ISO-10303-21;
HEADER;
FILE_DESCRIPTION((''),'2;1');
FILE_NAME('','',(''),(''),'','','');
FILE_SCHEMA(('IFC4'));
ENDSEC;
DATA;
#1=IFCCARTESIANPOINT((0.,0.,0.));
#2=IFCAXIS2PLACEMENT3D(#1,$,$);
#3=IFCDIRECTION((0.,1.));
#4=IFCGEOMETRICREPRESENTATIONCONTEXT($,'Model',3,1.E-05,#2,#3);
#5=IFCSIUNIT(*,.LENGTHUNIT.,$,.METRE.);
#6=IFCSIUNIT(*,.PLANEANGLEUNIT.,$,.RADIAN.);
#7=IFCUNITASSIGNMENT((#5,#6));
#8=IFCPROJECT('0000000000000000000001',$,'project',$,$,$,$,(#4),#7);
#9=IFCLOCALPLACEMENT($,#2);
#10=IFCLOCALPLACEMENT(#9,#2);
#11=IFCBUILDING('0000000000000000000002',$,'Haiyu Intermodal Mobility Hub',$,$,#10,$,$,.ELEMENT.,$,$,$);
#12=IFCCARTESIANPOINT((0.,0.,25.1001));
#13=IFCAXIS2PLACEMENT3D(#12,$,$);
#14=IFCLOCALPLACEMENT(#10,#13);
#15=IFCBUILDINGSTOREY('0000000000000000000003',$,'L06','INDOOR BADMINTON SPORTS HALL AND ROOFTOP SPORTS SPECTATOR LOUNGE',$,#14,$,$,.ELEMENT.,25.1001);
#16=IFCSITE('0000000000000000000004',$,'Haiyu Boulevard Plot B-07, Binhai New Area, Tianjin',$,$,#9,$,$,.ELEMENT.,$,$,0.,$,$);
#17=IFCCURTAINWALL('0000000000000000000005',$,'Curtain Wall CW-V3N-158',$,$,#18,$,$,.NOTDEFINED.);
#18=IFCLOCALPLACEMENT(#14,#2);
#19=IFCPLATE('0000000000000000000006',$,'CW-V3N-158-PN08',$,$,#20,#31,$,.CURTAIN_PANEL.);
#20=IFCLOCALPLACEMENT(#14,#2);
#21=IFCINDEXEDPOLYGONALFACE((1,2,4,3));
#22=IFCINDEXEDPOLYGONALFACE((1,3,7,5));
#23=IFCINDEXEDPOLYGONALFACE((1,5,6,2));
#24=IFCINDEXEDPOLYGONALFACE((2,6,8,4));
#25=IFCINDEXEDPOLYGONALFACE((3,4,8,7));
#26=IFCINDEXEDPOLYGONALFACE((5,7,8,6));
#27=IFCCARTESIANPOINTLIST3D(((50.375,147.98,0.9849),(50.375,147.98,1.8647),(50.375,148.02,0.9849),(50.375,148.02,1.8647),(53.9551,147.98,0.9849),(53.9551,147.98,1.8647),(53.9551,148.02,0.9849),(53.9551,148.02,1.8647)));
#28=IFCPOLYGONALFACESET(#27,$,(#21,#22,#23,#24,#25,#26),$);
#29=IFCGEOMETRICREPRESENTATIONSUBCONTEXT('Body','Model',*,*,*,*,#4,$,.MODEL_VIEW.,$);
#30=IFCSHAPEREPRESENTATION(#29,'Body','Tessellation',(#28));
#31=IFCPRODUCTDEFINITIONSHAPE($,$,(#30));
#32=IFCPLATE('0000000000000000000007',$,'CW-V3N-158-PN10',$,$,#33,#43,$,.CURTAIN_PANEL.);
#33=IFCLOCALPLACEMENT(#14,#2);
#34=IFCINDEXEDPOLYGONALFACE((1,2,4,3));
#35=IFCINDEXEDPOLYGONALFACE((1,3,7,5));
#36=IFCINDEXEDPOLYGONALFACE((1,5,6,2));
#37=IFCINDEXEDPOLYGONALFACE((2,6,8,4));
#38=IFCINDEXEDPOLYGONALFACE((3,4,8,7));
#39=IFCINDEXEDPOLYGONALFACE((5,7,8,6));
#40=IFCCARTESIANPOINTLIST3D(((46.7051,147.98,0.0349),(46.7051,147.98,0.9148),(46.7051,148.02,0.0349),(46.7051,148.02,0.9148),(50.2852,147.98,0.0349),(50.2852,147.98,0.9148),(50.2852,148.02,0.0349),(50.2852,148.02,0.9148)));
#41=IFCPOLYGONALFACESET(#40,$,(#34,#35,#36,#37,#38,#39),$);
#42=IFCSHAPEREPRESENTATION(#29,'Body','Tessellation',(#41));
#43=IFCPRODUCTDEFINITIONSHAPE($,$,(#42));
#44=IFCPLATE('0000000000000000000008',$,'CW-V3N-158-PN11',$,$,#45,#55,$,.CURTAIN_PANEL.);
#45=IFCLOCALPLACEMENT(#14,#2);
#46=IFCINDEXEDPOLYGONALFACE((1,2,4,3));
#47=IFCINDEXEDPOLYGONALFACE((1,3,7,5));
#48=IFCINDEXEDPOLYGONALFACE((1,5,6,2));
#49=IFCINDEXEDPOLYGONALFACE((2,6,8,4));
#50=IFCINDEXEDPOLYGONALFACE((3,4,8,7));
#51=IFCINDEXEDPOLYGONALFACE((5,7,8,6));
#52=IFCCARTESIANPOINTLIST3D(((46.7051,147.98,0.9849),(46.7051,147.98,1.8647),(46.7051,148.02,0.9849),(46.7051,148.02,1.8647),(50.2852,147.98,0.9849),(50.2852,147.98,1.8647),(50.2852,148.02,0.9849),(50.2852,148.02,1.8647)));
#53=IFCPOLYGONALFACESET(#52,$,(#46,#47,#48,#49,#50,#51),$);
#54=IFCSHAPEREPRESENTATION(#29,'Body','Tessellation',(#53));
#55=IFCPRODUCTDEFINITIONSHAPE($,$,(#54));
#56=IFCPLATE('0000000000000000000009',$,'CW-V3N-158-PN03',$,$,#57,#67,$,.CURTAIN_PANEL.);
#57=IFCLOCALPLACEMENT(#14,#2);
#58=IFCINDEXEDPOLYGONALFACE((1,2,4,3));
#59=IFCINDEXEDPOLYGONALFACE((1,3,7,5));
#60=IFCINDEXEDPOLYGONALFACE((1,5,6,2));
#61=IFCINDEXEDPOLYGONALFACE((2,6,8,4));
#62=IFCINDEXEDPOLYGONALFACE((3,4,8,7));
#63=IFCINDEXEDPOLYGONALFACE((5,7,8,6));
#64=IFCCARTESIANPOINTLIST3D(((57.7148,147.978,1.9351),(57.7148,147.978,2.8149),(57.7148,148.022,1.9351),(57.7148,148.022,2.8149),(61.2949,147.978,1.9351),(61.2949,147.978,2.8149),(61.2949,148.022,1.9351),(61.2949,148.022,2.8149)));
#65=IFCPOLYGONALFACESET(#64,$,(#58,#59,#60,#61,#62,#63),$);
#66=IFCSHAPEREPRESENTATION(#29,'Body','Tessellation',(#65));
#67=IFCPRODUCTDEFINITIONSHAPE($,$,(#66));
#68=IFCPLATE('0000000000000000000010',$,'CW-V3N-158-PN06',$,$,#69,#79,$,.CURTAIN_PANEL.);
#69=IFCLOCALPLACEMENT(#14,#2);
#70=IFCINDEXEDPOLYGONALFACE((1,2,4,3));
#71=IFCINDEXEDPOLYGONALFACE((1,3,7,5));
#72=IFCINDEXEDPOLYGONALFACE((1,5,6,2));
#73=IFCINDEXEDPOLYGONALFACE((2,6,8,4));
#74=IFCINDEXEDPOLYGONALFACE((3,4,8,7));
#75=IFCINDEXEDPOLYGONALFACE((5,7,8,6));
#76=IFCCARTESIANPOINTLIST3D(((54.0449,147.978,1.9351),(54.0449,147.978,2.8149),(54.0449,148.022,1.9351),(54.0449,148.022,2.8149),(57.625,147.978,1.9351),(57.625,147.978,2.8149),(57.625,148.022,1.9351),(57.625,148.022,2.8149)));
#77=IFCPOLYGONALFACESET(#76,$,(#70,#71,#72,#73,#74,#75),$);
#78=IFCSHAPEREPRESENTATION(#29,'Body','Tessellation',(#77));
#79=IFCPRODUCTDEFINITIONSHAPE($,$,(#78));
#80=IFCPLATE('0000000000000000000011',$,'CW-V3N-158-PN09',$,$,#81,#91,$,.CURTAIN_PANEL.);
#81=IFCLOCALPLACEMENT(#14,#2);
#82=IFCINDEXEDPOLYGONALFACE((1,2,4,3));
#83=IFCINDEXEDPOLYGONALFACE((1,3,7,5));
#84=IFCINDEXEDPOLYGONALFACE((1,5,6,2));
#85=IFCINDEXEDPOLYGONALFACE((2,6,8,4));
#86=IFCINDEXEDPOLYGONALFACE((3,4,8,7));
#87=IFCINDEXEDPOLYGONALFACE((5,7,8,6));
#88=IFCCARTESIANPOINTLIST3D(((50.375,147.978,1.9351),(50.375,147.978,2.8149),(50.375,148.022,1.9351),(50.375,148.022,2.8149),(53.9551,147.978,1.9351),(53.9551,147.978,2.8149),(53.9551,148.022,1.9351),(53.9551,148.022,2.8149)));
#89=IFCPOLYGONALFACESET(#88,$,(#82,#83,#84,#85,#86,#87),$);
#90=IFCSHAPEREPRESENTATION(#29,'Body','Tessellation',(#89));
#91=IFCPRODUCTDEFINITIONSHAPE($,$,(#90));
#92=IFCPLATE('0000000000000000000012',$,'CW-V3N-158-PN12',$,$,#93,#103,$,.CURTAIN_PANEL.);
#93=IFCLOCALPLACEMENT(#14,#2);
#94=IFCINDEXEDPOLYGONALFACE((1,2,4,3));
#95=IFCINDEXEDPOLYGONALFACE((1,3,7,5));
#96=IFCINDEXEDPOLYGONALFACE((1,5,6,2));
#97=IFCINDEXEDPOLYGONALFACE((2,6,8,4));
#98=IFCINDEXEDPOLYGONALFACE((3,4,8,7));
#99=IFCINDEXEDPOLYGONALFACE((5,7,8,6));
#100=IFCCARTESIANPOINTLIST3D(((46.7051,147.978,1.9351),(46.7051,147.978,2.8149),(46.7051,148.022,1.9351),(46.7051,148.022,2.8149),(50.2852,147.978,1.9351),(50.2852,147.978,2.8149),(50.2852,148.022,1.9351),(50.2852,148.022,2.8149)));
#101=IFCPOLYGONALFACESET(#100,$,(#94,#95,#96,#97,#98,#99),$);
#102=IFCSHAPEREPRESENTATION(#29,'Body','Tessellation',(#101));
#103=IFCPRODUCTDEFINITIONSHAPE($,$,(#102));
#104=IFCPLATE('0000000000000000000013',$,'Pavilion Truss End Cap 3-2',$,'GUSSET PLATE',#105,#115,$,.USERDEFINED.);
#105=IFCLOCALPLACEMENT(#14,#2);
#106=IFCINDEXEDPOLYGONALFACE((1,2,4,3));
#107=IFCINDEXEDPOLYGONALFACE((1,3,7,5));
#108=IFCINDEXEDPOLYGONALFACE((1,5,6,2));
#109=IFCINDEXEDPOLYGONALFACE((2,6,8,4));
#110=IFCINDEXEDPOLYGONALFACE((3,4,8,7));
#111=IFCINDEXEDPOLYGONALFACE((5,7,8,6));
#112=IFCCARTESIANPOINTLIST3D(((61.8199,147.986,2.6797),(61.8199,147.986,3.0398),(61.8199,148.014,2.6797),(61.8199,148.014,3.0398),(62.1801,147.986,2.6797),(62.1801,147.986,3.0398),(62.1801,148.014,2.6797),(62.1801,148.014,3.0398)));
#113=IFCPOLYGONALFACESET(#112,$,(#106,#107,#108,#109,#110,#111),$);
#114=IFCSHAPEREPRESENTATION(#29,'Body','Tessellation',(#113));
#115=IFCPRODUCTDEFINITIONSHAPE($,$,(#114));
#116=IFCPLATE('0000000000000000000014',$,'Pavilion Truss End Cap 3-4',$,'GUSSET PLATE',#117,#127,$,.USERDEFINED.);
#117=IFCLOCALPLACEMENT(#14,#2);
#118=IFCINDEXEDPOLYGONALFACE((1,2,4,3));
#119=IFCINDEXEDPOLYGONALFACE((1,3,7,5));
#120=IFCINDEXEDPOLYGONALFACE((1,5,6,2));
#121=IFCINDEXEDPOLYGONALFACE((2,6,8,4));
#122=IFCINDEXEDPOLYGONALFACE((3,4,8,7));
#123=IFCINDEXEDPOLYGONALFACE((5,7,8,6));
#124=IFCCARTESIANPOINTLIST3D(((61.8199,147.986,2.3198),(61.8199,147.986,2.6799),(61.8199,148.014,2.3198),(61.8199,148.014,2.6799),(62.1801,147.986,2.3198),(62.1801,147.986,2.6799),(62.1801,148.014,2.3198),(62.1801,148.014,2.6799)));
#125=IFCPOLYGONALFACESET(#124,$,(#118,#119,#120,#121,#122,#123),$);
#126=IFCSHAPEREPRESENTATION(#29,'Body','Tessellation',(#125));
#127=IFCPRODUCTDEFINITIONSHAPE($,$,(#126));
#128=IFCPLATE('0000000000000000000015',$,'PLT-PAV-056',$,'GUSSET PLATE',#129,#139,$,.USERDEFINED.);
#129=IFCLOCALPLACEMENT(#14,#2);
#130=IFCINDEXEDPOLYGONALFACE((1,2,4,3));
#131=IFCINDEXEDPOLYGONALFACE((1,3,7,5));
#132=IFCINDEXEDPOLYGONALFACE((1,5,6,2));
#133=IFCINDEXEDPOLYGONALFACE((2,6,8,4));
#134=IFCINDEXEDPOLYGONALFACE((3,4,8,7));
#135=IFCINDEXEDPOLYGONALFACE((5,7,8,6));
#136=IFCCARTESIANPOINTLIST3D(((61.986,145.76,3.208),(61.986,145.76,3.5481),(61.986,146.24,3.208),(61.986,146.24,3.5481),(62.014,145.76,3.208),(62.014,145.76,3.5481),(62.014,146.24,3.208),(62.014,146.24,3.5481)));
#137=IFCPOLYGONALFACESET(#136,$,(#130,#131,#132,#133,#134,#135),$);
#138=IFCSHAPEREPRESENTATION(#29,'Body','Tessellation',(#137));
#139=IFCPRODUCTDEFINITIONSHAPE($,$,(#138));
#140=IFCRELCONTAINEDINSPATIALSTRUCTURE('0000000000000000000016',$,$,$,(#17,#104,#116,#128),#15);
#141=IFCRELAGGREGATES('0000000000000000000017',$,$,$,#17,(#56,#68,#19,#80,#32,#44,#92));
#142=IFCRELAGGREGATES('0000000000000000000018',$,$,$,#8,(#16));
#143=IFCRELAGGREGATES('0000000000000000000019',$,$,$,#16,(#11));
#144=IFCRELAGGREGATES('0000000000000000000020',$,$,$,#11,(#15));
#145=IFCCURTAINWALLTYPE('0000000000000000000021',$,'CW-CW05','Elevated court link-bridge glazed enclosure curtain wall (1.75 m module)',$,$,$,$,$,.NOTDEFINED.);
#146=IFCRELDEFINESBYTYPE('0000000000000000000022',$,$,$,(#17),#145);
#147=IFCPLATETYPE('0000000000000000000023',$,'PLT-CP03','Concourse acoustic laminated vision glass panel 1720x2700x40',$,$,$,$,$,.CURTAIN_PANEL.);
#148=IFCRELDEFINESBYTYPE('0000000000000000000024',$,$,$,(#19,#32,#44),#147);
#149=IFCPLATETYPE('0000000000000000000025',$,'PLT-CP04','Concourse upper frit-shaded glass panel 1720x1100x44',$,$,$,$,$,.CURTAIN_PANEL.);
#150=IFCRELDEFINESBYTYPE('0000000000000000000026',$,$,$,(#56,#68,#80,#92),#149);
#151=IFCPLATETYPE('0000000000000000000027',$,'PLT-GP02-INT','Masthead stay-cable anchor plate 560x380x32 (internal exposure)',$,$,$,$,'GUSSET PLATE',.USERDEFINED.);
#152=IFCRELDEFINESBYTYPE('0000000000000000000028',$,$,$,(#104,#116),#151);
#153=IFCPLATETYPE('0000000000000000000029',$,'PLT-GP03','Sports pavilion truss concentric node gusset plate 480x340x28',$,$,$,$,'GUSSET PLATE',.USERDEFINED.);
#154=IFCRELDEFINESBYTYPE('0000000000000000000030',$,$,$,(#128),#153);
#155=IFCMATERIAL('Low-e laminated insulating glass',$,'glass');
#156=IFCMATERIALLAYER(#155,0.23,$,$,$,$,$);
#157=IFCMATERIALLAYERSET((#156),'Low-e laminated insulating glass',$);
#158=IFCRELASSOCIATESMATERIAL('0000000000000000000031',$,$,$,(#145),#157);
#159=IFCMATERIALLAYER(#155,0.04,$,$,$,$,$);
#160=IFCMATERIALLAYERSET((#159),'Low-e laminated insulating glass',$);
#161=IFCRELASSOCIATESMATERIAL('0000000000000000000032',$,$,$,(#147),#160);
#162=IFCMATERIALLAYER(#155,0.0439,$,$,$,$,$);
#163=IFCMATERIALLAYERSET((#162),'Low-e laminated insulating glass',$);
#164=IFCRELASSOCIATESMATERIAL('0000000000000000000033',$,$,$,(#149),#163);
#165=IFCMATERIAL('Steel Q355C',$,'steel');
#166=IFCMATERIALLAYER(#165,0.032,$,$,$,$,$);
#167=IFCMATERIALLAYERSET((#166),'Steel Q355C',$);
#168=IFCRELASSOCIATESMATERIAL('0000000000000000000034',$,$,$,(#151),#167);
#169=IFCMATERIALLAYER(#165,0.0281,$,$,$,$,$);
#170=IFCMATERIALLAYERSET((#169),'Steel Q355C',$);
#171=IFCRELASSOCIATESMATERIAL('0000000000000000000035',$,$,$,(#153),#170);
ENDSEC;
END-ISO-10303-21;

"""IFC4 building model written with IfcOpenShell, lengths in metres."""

from ifc_helpers import new_model, si_unit, direction, frame, origin, origin_2d, place, context, subcontext, project, spatial, rectangle, extrude, material, layer, layer_set, type_object, element, aggregate, save


model = new_model("IFC4")

# Units and contexts
model_context = context("Model", 3, precision=1e-05, world=origin(), true_north=direction((0.0, 1.0)))
body_context = subcontext(model_context, "Body", "Model", "MODEL_VIEW")
ifc_project = project(units=[si_unit("LENGTHUNIT", "METRE"), si_unit("PLANEANGLEUNIT", "RADIAN")], contexts=[model_context])

# Site, building, storey
site_placement = place(None, origin())
site = spatial("IfcSite", under=ifc_project, at=site_placement, Name="Haiyu Boulevard Plot B-07, Binhai New Area, Tianjin", CompositionType="ELEMENT", RefElevation=0.0)
building_placement = place(site_placement, origin())
building = spatial("IfcBuilding", under=site, at=building_placement, Name="Haiyu Intermodal Mobility Hub", CompositionType="ELEMENT")
storey_placement = place(building_placement, frame((0.0, 0.0, 25.1001)))
storey = spatial("IfcBuildingStorey", under=building, at=storey_placement, Name="L06", Description="INDOOR BADMINTON SPORTS HALL AND ROOFTOP SPORTS SPECTATOR LOUNGE", CompositionType="ELEMENT", Elevation=25.1001)

# Shared definitions
ifc_material_1 = material(Name="Steel Q355C", Category="steel")

# Curtain wall
ifc_material_2 = material(Name="Low-e laminated insulating glass", Category="glass")
ifc_layer_1 = layer(ifc_material_2, 0.23)
ifc_layer_set_1 = layer_set([ifc_layer_1], Name="Low-e laminated insulating glass")
curtain_wall_type = type_object("IfcCurtainWallType", Name="CW-CW05", Description="Elevated court link-bridge glazed enclosure curtain wall (1.75 m module)", PredefinedType="NOTDEFINED", material=ifc_layer_set_1)
curtain_wall_placement = place(storey_placement, origin())
curtain_wall = element("IfcCurtainWall", 1, at=curtain_wall_placement, inside=storey, type_object=curtain_wall_type, Name="Curtain Wall CW-V3N-158", PredefinedType="NOTDEFINED")

# Plates
ifc_layer_2 = layer(ifc_material_2, 0.04)
ifc_layer_set_2 = layer_set([ifc_layer_2], Name="Low-e laminated insulating glass")
plate_type_1 = type_object("IfcPlateType", Name="PLT-CP03", Description="Concourse acoustic laminated vision glass panel 1720x2700x40", PredefinedType="CURTAIN_PANEL", material=ifc_layer_set_2)
plate_1_placement = place(storey_placement, frame((52.165, 148.0, 0.9849), z_axis=(0.0, 0.0, 1.0), x_axis=(-1.0, 0.0, 0.0)))
plate_1 = element("IfcPlate", 2, at=plate_1_placement, type_object=plate_type_1, Name="CW-V3N-158-PN08", PredefinedType="CURTAIN_PANEL", context=body_context, shape_type="SweptSolid", body=[
    extrude(rectangle(XDim=3.5801, YDim=0.04, at=origin_2d()), origin(), (0.0, 0.0, 1.0), 0.8799),
])
plate_2_placement = place(storey_placement, frame((48.4951, 148.0, 0.0349), z_axis=(0.0, 0.0, 1.0), x_axis=(-1.0, 0.0, 0.0)))
plate_2 = element("IfcPlate", 3, at=plate_2_placement, type_object=plate_type_1, Name="CW-V3N-158-PN10", PredefinedType="CURTAIN_PANEL", context=body_context, shape_type="SweptSolid", body=[
    extrude(rectangle(XDim=3.5801, YDim=0.04, at=origin_2d()), origin(), (0.0, 0.0, 1.0), 0.8799),
])
plate_3_placement = place(storey_placement, frame((48.4951, 148.0, 0.9849), z_axis=(0.0, 0.0, 1.0), x_axis=(-1.0, 0.0, 0.0)))
plate_3 = element("IfcPlate", 4, at=plate_3_placement, type_object=plate_type_1, Name="CW-V3N-158-PN11", PredefinedType="CURTAIN_PANEL", context=body_context, shape_type="SweptSolid", body=[
    extrude(rectangle(XDim=3.5801, YDim=0.04, at=origin_2d()), origin(), (0.0, 0.0, 1.0), 0.8799),
])
ifc_layer_3 = layer(ifc_material_2, 0.0439)
ifc_layer_set_3 = layer_set([ifc_layer_3], Name="Low-e laminated insulating glass")
plate_type_2 = type_object("IfcPlateType", Name="PLT-CP04", Description="Concourse upper frit-shaded glass panel 1720x1100x44", PredefinedType="CURTAIN_PANEL", material=ifc_layer_set_3)
plate_4_placement = place(storey_placement, frame((59.5049, 148.0, 1.9351), z_axis=(0.0, 0.0, 1.0), x_axis=(-1.0, 0.0, 0.0)))
plate_4 = element("IfcPlate", 5, at=plate_4_placement, type_object=plate_type_2, Name="CW-V3N-158-PN03", PredefinedType="CURTAIN_PANEL", context=body_context, shape_type="SweptSolid", body=[
    extrude(rectangle(XDim=3.5801, YDim=0.0439, at=origin_2d()), origin(), (0.0, 0.0, 1.0), 0.8799),
])
plate_5_placement = place(storey_placement, frame((55.835, 148.0, 1.9351), z_axis=(0.0, 0.0, 1.0), x_axis=(-1.0, 0.0, 0.0)))
plate_5 = element("IfcPlate", 6, at=plate_5_placement, type_object=plate_type_2, Name="CW-V3N-158-PN06", PredefinedType="CURTAIN_PANEL", context=body_context, shape_type="SweptSolid", body=[
    extrude(rectangle(XDim=3.5801, YDim=0.0439, at=origin_2d()), origin(), (0.0, 0.0, 1.0), 0.8799),
])
plate_6_placement = place(storey_placement, frame((52.165, 148.0, 1.9351), z_axis=(0.0, 0.0, 1.0), x_axis=(-1.0, 0.0, 0.0)))
plate_6 = element("IfcPlate", 7, at=plate_6_placement, type_object=plate_type_2, Name="CW-V3N-158-PN09", PredefinedType="CURTAIN_PANEL", context=body_context, shape_type="SweptSolid", body=[
    extrude(rectangle(XDim=3.5801, YDim=0.0439, at=origin_2d()), origin(), (0.0, 0.0, 1.0), 0.8799),
])
plate_7_placement = place(storey_placement, frame((48.4951, 148.0, 1.9351), z_axis=(0.0, 0.0, 1.0), x_axis=(-1.0, 0.0, 0.0)))
plate_7 = element("IfcPlate", 8, at=plate_7_placement, type_object=plate_type_2, Name="CW-V3N-158-PN12", PredefinedType="CURTAIN_PANEL", context=body_context, shape_type="SweptSolid", body=[
    extrude(rectangle(XDim=3.5801, YDim=0.0439, at=origin_2d()), origin(), (0.0, 0.0, 1.0), 0.8799),
])
aggregate(curtain_wall, [plate_4, plate_5, plate_1, plate_6, plate_2, plate_3, plate_7])

# Plates
ifc_layer_4 = layer(ifc_material_1, 0.032)
ifc_layer_set_4 = layer_set([ifc_layer_4], Name="Steel Q355C")
plate_type_3 = type_object("IfcPlateType", Name="PLT-GP02-INT", Description="Masthead stay-cable anchor plate 560x380x32 (internal exposure)", ElementType="GUSSET PLATE", PredefinedType="USERDEFINED", material=ifc_layer_set_4)
for number, where, z_axis, x_axis, name in (
    (9, (62.0, 148.0, 2.6797), (0.0, 0.0, 1.0), (1.0, 0.0, 0.0), "Pavilion Truss End Cap 3-2"),
    (10, (62.0, 148.0, 2.3198), (0.0, 0.0, 1.0), (1.0, 0.0, 0.0), "Pavilion Truss End Cap 3-4"),
):
    element("IfcPlate", number, at=place(storey_placement, frame(where, z_axis=z_axis, x_axis=x_axis)), inside=storey, type_object=plate_type_3, Name=name, ObjectType="GUSSET PLATE", PredefinedType="USERDEFINED", context=body_context, shape_type="SweptSolid", body=[
        extrude(rectangle(XDim=0.3601, YDim=0.0281, at=origin_2d()), origin(), (0.0, 0.0, 1.0), 0.3601),
    ])
ifc_layer_5 = layer(ifc_material_1, 0.0281)
ifc_layer_set_5 = layer_set([ifc_layer_5], Name="Steel Q355C")
plate_type_4 = type_object("IfcPlateType", Name="PLT-GP03", Description="Sports pavilion truss concentric node gusset plate 480x340x28", ElementType="GUSSET PLATE", PredefinedType="USERDEFINED", material=ifc_layer_set_5)
plate_8_placement = place(storey_placement, frame((62.0, 146.0, 3.208), z_axis=(0.0, 0.0, 1.0), x_axis=(1.0, 0.0, 0.0)))
element("IfcPlate", 11, at=plate_8_placement, inside=storey, type_object=plate_type_4, Name="PLT-PAV-056", ObjectType="GUSSET PLATE", PredefinedType="USERDEFINED", context=body_context, shape_type="SweptSolid", body=[
    extrude(rectangle(XDim=0.0281, YDim=0.48, at=origin_2d()), origin(), (0.0, 0.0, 1.0), 0.3401),
])

save(model, "model.ifc")
